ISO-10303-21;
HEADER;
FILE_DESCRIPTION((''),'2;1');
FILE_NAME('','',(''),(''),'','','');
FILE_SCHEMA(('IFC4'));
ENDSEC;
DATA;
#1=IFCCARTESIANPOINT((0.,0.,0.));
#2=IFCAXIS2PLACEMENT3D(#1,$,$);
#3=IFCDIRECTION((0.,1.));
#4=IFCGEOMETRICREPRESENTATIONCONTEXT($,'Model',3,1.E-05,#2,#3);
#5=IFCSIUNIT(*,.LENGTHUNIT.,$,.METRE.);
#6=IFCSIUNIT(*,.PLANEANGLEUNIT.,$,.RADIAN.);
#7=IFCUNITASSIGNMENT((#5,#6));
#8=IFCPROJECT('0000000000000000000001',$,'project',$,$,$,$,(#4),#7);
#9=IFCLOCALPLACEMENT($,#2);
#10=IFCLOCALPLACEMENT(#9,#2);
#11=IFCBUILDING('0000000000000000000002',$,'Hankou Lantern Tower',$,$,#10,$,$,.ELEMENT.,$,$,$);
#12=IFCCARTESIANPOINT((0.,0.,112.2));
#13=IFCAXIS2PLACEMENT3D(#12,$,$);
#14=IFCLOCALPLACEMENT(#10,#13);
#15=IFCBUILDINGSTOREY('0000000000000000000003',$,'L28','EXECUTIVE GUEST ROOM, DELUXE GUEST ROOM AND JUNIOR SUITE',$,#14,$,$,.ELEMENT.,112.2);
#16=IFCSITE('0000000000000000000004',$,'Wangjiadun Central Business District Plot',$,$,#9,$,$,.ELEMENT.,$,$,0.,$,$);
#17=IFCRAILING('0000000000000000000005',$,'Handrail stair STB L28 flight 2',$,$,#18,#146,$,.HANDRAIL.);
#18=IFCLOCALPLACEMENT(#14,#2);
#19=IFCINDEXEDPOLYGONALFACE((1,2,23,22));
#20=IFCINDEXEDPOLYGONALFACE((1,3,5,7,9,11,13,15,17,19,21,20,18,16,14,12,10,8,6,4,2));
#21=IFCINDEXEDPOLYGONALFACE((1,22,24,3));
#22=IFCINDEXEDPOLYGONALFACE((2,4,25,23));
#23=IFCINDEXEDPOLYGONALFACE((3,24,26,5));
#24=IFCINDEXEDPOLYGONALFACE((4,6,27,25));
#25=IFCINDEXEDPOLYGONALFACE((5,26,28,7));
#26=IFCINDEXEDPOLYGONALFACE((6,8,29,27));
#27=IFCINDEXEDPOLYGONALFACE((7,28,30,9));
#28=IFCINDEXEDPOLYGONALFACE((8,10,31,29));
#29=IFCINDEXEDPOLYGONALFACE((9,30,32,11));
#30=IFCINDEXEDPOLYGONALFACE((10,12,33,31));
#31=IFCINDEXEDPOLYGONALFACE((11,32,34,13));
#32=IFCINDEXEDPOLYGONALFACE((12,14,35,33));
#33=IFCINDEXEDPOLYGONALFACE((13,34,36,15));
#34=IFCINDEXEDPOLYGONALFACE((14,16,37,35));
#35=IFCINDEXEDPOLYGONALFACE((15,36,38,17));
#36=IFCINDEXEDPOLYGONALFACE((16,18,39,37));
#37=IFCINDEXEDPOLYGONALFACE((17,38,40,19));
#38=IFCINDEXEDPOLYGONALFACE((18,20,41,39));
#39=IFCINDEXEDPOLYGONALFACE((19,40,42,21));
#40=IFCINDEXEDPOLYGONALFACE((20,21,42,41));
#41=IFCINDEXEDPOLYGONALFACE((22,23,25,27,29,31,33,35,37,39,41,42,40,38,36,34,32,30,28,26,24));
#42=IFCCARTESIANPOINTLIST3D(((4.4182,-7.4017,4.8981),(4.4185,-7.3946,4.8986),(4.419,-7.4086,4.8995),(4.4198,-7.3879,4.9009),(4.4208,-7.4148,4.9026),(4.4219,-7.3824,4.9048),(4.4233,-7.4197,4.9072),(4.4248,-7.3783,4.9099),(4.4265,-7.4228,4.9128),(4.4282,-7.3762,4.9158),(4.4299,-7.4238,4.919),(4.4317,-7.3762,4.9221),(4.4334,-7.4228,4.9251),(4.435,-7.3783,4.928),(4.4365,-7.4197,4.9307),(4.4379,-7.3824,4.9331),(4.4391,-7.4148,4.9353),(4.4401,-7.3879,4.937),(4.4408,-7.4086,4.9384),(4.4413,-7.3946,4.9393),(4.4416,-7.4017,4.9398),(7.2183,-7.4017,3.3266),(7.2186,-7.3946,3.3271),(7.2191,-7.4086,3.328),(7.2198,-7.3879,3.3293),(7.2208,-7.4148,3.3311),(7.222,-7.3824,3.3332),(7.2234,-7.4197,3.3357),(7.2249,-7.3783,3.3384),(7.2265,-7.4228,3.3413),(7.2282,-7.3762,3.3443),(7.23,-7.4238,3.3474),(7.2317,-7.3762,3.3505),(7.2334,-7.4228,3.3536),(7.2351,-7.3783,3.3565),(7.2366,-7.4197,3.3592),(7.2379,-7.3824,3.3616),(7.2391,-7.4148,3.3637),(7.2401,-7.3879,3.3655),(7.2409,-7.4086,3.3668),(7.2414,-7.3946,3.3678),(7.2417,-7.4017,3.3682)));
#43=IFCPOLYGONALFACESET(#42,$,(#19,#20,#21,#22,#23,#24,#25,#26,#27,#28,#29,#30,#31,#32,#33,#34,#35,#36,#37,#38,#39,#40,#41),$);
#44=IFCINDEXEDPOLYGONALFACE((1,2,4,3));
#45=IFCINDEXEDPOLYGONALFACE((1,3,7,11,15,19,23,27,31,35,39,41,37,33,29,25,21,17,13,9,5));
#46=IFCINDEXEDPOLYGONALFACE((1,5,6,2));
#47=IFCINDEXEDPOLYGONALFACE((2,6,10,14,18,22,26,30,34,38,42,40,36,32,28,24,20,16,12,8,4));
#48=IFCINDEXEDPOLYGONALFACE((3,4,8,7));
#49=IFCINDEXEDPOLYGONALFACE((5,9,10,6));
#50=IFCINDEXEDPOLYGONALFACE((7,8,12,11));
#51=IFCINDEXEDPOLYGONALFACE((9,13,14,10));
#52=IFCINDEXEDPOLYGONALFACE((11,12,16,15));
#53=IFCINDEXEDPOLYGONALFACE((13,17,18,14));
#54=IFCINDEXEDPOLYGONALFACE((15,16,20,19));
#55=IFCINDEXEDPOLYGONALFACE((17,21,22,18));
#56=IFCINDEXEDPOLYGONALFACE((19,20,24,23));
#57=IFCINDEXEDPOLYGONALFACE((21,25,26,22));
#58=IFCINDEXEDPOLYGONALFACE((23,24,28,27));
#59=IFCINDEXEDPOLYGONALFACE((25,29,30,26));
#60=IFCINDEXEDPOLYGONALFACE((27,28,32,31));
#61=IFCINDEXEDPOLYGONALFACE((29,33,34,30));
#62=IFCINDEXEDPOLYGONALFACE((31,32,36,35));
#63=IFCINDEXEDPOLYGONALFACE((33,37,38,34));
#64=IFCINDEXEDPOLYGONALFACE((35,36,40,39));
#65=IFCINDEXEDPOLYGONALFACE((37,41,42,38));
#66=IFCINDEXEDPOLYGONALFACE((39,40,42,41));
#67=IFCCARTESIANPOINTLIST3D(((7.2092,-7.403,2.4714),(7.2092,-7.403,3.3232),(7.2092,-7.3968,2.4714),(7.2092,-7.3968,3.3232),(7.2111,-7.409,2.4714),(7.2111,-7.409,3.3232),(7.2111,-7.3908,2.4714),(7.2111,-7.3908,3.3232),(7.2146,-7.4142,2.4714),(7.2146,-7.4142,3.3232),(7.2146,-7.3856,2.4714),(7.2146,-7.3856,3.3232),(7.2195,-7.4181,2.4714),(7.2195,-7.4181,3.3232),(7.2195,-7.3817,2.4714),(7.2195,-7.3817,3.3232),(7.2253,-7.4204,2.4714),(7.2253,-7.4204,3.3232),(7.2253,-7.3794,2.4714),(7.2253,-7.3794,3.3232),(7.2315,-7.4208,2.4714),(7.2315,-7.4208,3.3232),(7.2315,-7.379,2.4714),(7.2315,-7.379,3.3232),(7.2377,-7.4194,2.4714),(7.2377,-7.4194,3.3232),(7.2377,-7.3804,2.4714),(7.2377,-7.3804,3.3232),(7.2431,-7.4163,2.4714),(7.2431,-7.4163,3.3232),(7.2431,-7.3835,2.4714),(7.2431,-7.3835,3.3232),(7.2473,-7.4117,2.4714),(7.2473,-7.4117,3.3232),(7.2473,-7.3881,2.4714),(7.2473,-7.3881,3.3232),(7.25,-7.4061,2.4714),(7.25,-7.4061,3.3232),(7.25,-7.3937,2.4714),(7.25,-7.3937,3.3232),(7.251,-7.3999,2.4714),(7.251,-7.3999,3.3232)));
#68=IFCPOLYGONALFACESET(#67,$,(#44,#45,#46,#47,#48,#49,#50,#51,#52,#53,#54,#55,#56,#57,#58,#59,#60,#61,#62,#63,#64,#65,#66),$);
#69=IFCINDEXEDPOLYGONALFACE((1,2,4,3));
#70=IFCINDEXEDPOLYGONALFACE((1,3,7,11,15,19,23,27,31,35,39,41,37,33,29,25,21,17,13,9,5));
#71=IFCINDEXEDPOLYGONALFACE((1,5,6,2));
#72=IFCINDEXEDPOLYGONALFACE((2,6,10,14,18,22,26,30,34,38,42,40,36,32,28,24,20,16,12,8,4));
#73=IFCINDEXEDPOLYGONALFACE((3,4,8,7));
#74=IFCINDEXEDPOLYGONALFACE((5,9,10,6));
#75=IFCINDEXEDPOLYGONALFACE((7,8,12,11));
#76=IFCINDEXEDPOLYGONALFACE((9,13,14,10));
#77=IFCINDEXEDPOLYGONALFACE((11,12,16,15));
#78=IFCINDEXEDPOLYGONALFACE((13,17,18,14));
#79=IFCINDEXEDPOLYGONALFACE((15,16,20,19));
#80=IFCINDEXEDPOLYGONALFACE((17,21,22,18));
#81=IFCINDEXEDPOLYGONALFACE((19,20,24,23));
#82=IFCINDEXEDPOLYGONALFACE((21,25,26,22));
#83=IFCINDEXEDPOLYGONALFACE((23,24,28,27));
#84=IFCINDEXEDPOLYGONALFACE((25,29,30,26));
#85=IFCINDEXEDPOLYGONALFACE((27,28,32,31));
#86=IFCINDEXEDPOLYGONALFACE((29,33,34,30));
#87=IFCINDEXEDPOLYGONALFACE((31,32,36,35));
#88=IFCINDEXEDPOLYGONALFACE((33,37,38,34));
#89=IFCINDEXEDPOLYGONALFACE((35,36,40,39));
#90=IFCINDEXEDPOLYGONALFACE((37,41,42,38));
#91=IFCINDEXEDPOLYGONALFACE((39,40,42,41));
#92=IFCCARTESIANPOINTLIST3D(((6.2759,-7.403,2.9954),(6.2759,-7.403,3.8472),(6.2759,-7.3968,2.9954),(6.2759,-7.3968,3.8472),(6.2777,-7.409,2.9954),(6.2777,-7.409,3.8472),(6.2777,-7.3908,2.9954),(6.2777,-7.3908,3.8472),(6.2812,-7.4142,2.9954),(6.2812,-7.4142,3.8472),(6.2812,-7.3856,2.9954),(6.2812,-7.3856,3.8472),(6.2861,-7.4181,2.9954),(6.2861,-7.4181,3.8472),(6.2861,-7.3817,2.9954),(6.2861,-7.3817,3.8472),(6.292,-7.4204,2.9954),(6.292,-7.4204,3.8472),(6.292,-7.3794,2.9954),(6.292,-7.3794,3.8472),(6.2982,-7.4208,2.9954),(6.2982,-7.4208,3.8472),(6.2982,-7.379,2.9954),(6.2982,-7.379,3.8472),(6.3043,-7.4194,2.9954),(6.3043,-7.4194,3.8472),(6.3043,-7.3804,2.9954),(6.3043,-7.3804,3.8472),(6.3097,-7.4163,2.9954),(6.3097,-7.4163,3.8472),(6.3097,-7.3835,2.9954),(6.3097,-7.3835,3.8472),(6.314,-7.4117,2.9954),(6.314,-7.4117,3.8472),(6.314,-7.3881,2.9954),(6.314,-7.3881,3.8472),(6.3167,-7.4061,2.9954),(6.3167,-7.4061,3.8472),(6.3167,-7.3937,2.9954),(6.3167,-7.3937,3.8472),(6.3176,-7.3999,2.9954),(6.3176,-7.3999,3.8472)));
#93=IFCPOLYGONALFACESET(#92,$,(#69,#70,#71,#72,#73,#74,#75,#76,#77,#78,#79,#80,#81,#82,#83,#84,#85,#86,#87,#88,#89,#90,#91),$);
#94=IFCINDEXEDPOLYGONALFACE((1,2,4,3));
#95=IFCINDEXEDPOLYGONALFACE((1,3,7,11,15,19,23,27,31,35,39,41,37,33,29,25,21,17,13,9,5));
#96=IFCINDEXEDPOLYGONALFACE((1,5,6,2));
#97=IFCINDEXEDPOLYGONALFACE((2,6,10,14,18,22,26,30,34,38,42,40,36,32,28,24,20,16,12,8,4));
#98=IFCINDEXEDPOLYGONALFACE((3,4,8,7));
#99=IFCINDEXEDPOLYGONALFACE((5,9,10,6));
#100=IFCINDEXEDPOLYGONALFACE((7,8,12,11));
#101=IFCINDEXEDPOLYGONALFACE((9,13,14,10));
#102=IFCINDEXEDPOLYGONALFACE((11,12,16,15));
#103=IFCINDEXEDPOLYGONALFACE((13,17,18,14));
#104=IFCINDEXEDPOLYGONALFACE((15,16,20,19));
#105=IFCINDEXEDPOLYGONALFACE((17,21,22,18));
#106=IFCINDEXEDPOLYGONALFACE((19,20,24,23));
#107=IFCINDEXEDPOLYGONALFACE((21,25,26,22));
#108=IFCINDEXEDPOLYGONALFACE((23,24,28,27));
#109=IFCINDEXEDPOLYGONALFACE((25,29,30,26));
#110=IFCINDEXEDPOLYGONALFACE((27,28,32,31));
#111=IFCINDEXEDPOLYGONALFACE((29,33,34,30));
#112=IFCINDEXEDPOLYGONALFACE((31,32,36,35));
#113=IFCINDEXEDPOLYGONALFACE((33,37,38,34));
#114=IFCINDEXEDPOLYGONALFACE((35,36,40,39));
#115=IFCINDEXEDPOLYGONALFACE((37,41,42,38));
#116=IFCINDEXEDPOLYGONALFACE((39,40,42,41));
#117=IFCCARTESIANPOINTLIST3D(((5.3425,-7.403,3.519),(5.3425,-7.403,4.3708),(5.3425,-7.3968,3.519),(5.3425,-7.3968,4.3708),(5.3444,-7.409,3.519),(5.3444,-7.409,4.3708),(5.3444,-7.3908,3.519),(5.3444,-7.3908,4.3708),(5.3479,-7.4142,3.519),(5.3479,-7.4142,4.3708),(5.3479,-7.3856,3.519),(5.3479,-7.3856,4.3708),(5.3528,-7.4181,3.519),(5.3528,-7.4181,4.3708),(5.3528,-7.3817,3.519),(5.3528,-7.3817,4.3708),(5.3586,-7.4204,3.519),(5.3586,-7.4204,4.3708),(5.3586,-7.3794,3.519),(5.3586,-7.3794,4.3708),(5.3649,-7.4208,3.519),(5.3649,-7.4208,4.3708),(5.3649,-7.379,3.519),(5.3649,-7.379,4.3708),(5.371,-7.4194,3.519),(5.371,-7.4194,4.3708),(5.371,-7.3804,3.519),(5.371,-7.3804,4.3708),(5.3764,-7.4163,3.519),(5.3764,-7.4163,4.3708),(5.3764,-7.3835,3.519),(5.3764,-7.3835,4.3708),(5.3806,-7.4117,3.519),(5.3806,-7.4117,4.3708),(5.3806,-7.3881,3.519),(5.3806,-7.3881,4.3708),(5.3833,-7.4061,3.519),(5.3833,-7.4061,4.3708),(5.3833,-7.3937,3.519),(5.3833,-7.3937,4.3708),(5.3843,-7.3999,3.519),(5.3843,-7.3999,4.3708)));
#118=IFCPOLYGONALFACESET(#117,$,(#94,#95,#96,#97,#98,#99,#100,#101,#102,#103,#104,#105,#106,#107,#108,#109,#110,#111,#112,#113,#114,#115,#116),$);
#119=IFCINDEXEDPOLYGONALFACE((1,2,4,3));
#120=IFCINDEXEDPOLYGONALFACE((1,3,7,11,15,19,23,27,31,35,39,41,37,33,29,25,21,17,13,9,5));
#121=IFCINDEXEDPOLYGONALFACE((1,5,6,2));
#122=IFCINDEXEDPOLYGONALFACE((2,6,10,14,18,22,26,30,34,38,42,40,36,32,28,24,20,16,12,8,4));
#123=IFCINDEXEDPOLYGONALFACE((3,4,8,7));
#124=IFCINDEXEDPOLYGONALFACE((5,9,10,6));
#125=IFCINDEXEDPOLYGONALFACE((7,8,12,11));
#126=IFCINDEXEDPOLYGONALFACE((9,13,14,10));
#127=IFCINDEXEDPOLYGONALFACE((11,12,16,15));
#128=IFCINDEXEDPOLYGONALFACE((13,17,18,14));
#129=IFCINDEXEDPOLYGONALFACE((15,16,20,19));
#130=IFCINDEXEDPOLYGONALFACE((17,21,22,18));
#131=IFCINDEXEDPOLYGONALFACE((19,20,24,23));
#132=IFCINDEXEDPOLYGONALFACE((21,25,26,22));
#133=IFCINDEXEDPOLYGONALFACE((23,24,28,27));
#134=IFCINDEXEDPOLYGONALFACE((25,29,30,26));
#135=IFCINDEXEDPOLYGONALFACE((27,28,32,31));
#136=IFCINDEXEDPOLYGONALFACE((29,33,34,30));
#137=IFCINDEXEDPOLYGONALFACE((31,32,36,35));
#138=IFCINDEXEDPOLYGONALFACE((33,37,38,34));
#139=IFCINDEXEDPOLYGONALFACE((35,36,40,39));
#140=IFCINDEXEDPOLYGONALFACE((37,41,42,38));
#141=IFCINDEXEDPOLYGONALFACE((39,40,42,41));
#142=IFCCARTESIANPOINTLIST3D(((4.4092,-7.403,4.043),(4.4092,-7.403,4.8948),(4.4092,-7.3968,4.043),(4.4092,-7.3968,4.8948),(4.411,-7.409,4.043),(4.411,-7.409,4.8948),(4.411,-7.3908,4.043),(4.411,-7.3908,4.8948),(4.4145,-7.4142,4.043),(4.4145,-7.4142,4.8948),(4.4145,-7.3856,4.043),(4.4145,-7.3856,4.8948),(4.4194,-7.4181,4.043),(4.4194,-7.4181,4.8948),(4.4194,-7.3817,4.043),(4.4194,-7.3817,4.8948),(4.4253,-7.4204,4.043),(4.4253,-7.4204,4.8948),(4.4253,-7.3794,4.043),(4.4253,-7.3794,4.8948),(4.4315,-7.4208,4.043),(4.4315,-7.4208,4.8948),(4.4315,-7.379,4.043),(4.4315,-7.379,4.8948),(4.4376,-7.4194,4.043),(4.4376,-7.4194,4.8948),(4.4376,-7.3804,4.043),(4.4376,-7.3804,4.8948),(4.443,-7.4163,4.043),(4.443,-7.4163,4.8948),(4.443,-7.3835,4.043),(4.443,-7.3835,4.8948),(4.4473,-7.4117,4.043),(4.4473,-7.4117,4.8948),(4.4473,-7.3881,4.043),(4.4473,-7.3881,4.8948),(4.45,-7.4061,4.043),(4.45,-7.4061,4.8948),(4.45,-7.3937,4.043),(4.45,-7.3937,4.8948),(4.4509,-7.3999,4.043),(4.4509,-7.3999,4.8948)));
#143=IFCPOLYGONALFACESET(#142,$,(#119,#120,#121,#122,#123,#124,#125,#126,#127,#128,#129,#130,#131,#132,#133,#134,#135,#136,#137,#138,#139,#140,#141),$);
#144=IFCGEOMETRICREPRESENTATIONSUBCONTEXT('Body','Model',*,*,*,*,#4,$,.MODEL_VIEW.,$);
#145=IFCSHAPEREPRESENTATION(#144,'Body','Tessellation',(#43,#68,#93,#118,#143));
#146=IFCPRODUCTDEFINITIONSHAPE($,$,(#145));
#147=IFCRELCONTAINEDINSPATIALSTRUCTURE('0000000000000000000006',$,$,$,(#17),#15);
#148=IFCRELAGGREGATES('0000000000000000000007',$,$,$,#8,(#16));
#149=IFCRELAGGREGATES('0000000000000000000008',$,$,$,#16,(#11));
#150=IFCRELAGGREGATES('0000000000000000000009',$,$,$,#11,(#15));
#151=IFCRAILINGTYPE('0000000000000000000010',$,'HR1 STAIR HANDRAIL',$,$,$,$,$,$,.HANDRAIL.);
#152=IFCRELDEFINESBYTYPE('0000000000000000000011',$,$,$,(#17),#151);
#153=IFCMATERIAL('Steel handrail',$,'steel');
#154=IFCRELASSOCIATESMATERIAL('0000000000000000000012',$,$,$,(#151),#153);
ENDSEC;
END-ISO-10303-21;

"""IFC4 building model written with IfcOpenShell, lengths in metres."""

from ifc_helpers import new_model, si_unit, direction, frame, origin, origin_2d, place, context, subcontext, project, spatial, circle, extrude, material, type_object, element, save


model = new_model("IFC4")

# Units and contexts
model_context = context("Model", 3, precision=1e-05, world=origin(), true_north=direction((0.0, 1.0)))
body_context = subcontext(model_context, "Body", "Model", "MODEL_VIEW")
ifc_project = project(units=[si_unit("LENGTHUNIT", "METRE"), si_unit("PLANEANGLEUNIT", "RADIAN")], contexts=[model_context])

# Site, building, storey
site_placement = place(None, origin())
site = spatial("IfcSite", under=ifc_project, at=site_placement, Name="Wangjiadun Central Business District Plot", CompositionType="ELEMENT", RefElevation=0.0)
building_placement = place(site_placement, origin())
building = spatial("IfcBuilding", under=site, at=building_placement, Name="Hankou Lantern Tower", CompositionType="ELEMENT")
storey_placement = place(building_placement, frame((0.0, 0.0, 112.2)))
storey = spatial("IfcBuildingStorey", under=building, at=storey_placement, Name="L28", Description="EXECUTIVE GUEST ROOM, DELUXE GUEST ROOM AND JUNIOR SUITE", CompositionType="ELEMENT", Elevation=112.2)

# Railing
ifc_material_1 = material(Name="Steel handrail", Category="steel")
railing_type = type_object("IfcRailingType", Name="HR1 STAIR HANDRAIL", PredefinedType="HANDRAIL", material=ifc_material_1)
railing_1_placement = place(storey_placement, frame((7.23, -7.3999, 2.4714)))
element("IfcRailing", 1, at=railing_1_placement, inside=storey, type_object=railing_type, Name="Handrail stair STB L28 flight 2", PredefinedType="HANDRAIL", context=body_context, shape_type="SweptSolid", body=[
    extrude(circle(Radius=0.0239, at=origin_2d()), frame((0.0, 0.0, 0.876), z_axis=(-0.87204, 0.0, 0.489434), x_axis=(0.0, -1.0, 0.0)), (0.0, 0.0, 1.0), 3.2109),
    extrude(circle(Radius=0.021, at=origin_2d()), origin(), (0.0, 0.0, 1.0), 0.8518),
    extrude(circle(Radius=0.021, at=origin_2d()), frame((-0.9333, 0.0, 0.5239)), (0.0, 0.0, 1.0), 0.8518),
    extrude(circle(Radius=0.021, at=origin_2d()), frame((-1.8667, 0.0, 1.0476)), (0.0, 0.0, 1.0), 0.8518),
    extrude(circle(Radius=0.021, at=origin_2d()), frame((-2.8, 0.0, 1.5715)), (0.0, 0.0, 1.0), 0.8518),
])

save(model, "model.ifc")
